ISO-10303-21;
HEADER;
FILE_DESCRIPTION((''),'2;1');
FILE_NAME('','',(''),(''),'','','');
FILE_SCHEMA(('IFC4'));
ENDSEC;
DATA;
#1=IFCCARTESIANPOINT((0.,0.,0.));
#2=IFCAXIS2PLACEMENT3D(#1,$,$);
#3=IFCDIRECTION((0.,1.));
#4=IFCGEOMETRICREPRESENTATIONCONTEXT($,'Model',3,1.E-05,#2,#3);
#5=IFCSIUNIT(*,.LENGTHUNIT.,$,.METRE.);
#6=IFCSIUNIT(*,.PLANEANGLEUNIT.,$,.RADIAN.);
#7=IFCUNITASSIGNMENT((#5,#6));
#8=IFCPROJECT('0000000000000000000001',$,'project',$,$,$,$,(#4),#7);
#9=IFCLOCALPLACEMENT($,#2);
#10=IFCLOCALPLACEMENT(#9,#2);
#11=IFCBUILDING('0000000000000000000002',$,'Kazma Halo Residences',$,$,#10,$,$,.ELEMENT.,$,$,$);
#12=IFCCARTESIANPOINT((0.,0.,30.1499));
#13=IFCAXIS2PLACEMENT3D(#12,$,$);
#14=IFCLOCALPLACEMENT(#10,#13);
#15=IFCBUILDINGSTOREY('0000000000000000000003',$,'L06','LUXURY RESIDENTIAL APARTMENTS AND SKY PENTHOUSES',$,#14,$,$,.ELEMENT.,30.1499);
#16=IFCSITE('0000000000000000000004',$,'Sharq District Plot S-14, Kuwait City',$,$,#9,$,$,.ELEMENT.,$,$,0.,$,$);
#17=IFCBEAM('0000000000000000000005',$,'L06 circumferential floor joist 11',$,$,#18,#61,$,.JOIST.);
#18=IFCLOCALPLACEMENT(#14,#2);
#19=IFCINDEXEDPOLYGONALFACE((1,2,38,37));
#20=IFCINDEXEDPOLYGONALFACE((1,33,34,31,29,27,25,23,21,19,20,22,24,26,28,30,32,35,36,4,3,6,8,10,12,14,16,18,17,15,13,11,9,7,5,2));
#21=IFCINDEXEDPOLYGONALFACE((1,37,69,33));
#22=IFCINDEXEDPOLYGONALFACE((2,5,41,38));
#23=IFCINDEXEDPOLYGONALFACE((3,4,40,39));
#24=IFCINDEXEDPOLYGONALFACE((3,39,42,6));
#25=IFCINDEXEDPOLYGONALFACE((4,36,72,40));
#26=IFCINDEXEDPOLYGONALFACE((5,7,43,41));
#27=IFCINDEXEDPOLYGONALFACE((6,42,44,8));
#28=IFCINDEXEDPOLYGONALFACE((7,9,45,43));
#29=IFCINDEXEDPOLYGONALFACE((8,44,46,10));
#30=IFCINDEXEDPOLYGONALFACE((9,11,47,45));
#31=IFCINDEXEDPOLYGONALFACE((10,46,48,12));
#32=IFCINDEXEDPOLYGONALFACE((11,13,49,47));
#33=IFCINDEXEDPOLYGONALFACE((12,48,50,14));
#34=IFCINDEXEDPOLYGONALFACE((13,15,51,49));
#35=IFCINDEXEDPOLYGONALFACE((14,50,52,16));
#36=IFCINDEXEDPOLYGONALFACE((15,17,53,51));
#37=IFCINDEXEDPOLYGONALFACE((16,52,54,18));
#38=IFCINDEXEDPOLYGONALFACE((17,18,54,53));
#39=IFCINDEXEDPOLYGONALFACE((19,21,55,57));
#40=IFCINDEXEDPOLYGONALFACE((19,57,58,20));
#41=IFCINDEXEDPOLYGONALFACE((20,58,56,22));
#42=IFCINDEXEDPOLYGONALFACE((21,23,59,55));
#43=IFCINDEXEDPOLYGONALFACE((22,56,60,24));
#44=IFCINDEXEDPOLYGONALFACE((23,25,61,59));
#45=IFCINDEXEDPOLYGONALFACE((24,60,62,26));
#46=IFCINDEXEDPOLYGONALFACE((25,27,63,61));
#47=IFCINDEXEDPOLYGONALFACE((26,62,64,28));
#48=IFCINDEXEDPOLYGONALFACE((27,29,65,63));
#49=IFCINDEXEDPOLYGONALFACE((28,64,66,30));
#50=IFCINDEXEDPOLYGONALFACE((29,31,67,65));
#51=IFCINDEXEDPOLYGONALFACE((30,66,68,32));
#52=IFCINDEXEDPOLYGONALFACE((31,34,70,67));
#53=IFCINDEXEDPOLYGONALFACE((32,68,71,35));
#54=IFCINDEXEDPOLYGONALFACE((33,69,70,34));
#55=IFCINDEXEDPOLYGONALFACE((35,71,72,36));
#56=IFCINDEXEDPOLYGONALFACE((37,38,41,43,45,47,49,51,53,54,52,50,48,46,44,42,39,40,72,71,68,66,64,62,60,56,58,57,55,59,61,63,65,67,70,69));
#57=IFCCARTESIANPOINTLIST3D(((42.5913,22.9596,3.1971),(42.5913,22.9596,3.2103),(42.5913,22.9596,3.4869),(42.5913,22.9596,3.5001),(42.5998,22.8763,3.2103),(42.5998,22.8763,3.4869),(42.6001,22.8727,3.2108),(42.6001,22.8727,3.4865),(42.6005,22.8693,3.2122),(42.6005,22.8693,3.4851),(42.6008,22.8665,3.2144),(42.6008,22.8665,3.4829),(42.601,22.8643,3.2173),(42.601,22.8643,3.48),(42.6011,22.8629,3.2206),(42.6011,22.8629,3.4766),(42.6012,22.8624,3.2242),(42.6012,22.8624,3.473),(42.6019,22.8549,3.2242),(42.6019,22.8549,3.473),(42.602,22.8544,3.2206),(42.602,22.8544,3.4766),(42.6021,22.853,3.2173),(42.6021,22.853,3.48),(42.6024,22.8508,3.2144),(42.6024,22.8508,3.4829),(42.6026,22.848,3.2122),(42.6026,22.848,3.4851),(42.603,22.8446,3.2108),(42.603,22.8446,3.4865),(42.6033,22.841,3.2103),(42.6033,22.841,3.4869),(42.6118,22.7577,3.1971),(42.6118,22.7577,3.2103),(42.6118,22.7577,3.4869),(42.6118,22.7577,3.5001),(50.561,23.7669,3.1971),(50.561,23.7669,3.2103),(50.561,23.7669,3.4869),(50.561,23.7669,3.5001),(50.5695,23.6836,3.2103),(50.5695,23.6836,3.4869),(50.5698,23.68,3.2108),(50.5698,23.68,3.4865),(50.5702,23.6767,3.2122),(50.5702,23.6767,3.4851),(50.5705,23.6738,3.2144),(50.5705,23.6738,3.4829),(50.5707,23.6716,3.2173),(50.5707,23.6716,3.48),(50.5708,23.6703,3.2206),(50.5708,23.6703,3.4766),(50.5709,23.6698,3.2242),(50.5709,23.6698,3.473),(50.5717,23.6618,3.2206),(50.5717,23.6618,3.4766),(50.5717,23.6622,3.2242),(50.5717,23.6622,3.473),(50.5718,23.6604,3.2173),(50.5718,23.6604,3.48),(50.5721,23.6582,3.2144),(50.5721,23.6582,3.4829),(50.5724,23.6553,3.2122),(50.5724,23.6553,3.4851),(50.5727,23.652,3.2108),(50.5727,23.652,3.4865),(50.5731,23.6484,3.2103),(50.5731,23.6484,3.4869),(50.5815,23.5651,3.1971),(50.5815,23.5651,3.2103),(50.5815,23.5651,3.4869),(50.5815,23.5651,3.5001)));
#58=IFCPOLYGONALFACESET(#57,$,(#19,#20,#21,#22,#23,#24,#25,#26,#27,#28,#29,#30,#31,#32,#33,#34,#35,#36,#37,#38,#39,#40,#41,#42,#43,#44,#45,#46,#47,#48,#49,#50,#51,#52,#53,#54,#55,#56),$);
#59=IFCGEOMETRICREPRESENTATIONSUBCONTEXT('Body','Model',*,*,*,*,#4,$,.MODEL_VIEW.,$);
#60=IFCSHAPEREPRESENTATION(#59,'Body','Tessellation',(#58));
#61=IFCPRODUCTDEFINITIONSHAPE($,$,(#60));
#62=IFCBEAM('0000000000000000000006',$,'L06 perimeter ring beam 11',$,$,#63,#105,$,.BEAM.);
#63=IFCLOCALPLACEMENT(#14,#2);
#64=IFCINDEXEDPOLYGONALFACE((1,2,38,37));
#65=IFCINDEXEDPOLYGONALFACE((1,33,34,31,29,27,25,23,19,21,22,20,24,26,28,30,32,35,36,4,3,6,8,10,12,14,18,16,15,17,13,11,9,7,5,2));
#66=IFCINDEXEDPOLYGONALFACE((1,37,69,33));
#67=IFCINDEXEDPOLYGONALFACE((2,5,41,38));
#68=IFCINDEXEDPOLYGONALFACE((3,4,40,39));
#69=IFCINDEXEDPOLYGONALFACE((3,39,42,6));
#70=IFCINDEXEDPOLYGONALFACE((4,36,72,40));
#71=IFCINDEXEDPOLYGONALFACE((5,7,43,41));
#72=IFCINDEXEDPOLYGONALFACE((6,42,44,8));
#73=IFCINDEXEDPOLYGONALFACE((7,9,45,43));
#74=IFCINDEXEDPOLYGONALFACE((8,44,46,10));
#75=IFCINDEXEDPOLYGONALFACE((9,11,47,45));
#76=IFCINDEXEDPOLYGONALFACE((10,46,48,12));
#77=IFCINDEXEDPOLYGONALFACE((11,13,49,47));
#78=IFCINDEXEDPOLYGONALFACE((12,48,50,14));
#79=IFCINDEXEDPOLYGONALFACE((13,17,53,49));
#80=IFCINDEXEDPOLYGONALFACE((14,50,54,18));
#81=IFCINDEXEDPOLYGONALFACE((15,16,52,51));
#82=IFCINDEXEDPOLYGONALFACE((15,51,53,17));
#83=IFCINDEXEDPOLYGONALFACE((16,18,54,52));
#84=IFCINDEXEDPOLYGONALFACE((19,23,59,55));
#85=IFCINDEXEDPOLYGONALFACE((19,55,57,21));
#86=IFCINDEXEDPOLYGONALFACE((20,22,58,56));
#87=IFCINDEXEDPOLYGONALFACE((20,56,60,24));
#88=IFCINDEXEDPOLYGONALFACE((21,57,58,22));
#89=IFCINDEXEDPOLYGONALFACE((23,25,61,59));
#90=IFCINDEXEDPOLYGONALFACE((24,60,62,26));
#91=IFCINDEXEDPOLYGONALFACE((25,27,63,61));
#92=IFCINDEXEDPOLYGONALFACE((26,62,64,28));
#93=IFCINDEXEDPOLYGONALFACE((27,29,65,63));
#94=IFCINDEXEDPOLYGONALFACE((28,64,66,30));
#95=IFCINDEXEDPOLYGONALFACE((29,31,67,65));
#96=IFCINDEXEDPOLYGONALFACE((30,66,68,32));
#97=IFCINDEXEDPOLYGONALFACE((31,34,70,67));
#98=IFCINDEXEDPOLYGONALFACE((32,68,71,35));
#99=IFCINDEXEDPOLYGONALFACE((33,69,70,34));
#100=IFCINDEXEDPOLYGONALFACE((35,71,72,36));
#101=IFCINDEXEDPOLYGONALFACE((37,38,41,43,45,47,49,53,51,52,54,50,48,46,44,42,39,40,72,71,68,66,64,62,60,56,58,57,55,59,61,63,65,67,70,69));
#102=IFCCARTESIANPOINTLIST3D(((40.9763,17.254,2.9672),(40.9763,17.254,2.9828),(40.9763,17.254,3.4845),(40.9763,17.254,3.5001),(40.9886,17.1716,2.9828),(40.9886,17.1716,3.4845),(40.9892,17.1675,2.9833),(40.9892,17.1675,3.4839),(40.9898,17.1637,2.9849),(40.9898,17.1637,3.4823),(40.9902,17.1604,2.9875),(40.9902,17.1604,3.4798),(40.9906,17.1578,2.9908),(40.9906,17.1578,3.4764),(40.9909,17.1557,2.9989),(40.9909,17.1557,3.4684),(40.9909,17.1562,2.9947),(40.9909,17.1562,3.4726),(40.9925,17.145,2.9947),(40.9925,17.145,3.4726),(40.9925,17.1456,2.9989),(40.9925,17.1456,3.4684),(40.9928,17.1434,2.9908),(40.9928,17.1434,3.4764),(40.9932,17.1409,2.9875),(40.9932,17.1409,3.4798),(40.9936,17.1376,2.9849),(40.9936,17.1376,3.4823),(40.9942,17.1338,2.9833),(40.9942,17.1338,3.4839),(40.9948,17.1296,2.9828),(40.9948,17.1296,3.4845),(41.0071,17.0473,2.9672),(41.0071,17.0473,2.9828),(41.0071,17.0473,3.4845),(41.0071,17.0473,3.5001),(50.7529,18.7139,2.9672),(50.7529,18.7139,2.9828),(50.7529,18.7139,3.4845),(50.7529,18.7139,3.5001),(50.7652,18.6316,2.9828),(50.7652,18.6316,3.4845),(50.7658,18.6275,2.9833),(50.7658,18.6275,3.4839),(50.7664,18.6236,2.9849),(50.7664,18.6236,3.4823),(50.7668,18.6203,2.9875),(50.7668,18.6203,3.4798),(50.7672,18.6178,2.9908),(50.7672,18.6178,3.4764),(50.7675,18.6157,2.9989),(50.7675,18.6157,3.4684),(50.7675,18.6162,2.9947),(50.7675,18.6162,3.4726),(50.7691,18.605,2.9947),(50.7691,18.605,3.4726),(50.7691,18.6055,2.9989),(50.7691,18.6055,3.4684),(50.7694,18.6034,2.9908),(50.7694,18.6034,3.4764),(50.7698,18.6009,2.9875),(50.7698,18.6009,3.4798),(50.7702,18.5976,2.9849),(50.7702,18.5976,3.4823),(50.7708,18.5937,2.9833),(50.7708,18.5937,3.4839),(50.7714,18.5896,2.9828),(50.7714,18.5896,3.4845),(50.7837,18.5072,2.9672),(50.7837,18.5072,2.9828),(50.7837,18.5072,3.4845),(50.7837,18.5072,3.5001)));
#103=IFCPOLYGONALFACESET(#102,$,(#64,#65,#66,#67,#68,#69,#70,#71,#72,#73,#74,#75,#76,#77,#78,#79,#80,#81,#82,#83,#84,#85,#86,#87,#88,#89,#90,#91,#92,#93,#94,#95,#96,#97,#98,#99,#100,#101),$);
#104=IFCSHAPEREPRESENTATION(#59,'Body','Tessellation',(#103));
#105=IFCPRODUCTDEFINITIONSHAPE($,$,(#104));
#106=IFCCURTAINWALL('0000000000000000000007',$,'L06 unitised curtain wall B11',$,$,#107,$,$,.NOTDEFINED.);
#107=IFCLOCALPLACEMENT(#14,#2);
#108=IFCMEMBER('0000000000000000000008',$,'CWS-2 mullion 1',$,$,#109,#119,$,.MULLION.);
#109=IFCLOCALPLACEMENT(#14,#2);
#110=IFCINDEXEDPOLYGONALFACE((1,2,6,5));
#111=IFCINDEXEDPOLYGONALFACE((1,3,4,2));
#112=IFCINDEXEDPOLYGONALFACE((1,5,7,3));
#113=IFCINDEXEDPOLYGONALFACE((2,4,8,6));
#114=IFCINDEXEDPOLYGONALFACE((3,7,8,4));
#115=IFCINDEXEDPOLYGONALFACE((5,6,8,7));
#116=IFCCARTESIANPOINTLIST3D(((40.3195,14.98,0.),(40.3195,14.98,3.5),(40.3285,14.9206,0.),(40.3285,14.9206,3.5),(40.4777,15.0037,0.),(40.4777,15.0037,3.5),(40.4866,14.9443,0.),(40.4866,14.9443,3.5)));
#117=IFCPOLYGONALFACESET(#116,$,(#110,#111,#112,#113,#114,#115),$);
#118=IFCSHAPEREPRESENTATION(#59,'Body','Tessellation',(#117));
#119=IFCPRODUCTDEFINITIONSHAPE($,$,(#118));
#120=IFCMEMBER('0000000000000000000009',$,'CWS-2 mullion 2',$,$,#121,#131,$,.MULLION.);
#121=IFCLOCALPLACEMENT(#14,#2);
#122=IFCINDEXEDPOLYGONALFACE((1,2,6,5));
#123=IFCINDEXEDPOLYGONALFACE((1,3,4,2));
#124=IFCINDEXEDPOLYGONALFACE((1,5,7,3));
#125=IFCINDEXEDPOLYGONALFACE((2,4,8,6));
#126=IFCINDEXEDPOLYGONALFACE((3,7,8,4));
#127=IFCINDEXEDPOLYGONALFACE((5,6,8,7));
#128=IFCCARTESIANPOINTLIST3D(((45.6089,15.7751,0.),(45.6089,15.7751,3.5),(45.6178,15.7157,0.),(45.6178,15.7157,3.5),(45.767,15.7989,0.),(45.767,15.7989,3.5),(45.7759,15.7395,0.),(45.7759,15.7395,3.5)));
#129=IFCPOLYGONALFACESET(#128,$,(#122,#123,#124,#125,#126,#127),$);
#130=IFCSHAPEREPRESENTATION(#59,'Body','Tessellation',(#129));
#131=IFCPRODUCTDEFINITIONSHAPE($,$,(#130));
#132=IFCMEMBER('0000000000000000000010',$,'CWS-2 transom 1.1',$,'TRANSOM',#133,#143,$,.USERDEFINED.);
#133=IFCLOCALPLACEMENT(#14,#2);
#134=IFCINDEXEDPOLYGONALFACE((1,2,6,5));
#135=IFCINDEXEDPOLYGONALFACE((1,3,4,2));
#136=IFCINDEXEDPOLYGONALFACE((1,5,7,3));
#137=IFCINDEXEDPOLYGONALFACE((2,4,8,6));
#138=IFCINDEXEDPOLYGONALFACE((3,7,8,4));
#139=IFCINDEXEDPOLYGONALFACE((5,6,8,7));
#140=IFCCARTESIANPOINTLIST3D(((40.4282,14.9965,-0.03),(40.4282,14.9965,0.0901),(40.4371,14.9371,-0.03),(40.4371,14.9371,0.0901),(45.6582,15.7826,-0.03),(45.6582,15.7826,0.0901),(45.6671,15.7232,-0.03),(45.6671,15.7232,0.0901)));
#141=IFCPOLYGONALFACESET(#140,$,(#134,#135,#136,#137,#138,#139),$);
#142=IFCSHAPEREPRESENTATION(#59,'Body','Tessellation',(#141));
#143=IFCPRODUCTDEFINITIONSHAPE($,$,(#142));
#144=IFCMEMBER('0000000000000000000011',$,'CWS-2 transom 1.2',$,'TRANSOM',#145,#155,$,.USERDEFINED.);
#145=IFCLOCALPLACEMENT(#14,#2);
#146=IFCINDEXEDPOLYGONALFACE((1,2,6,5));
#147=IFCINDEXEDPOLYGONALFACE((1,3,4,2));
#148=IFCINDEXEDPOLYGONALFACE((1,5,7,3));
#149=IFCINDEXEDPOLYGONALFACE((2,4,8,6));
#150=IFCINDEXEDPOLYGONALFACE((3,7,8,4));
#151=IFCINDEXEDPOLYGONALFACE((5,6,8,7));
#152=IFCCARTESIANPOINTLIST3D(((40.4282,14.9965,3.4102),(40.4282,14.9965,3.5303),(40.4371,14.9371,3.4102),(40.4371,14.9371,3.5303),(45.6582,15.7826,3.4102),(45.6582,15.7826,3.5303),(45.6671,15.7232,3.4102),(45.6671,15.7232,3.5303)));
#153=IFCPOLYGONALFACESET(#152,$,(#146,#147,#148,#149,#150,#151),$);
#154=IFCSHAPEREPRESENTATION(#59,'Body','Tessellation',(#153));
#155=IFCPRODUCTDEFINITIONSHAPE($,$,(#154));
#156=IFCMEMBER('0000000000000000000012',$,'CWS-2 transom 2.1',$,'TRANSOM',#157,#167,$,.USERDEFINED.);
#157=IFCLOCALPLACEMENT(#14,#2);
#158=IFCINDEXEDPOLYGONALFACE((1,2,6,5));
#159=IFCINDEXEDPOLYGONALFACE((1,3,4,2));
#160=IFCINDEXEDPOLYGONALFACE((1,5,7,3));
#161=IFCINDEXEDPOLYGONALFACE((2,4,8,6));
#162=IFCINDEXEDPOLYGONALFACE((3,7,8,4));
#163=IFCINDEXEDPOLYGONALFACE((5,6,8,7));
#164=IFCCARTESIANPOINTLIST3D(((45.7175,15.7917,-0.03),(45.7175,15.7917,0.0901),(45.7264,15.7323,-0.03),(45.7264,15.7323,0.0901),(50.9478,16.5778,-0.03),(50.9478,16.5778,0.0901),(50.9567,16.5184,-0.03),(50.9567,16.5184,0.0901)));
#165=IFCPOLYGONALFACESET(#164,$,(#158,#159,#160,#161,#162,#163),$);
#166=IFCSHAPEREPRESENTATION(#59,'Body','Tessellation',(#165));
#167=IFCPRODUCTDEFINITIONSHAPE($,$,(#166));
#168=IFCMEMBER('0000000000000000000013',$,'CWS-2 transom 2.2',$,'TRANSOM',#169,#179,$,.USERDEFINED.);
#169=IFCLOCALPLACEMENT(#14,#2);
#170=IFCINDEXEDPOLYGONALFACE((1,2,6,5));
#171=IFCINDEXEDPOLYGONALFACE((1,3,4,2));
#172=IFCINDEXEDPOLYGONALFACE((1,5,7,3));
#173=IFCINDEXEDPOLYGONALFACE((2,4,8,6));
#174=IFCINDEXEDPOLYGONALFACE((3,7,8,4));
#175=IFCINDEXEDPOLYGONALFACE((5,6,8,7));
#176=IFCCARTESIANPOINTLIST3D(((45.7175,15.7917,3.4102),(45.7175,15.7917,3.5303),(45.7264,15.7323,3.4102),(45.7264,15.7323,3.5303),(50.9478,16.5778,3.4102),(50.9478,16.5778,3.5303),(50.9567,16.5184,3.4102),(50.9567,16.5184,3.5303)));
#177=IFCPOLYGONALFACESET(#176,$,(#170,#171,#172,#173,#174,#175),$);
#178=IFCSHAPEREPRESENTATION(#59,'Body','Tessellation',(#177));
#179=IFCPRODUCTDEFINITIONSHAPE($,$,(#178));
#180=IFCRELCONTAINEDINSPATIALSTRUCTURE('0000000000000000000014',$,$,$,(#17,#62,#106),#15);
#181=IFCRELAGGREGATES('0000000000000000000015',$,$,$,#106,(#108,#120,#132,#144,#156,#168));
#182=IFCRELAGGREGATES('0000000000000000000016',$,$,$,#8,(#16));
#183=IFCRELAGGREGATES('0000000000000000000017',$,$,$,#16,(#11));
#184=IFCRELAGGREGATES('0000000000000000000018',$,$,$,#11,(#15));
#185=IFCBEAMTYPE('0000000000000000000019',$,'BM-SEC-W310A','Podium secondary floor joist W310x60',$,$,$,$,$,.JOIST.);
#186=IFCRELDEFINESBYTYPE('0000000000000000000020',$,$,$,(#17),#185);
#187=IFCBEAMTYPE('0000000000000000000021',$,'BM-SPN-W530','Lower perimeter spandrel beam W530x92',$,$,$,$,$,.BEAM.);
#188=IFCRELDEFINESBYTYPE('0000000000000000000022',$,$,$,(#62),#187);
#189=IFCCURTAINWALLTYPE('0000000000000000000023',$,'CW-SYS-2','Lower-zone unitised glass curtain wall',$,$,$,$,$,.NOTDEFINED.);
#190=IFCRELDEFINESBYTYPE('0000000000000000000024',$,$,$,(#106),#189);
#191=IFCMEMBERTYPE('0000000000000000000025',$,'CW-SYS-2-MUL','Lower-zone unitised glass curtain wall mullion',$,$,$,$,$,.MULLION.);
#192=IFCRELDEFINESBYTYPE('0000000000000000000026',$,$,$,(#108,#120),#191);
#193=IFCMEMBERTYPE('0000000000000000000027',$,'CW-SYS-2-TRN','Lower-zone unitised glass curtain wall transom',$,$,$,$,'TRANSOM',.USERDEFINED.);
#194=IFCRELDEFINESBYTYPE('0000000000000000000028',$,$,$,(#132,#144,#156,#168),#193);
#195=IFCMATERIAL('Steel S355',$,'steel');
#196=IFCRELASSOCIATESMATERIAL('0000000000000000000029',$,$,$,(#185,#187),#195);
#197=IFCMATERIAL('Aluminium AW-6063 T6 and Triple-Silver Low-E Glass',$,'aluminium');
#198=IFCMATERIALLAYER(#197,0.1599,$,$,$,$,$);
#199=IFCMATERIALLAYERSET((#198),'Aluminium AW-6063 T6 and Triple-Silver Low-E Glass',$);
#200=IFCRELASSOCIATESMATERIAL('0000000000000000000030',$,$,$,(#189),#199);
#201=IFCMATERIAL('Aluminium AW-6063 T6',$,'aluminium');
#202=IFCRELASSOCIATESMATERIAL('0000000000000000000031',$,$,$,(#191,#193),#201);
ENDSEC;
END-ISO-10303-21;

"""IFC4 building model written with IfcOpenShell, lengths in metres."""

from ifc_helpers import new_model, si_unit, direction, frame, origin, origin_2d, place, context, subcontext, project, spatial, rectangle, i_section, extrude, material, layer, layer_set, material_profile, profile_set, type_object, element, aggregate, save


model = new_model("IFC4")

# Units and contexts
model_context = context("Model", 3, precision=1e-05, world=origin(), true_north=direction((0.0, 1.0)))
body_context = subcontext(model_context, "Body", "Model", "MODEL_VIEW")
ifc_project = project(units=[si_unit("LENGTHUNIT", "METRE"), si_unit("PLANEANGLEUNIT", "RADIAN")], contexts=[model_context])

# Site, building, storey
site_placement = place(None, origin())
site = spatial("IfcSite", under=ifc_project, at=site_placement, Name="Sharq District Plot S-14, Kuwait City", CompositionType="ELEMENT", RefElevation=0.0)
building_placement = place(site_placement, origin())
building = spatial("IfcBuilding", under=site, at=building_placement, Name="Kazma Halo Residences", CompositionType="ELEMENT")
storey_placement = place(building_placement, frame((0.0, 0.0, 30.1499)))
storey = spatial("IfcBuildingStorey", under=building, at=storey_placement, Name="L06", Description="LUXURY RESIDENTIAL APARTMENTS AND SKY PENTHOUSES", CompositionType="ELEMENT", Elevation=30.1499)

# Beams
ifc_material_1 = material(Name="Steel S355", Category="steel")
ifc_material_profile_1 = material_profile(ifc_material_1, i_section(OverallWidth=0.2029, OverallDepth=0.303, WebThickness=0.0076, FlangeThickness=0.0132, FilletRadius=0.0139, at=origin_2d()), Name="W310x60")
ifc_profile_set_1 = profile_set([ifc_material_profile_1], Name="Steel S355")
beam_type_1 = type_object("IfcBeamType", Name="BM-SEC-W310A", Description="Podium secondary floor joist W310x60", PredefinedType="JOIST", material=ifc_profile_set_1)
beam_1_placement = place(storey_placement, frame((42.6016, 22.8586, 3.3486), z_axis=(0.994908, 0.100789, 0.0), x_axis=(-0.100789, 0.994908, 0.0)))
element("IfcBeam", 1, at=beam_1_placement, inside=storey, type_object=beam_type_1, Name="L06 circumferential floor joist 11", PredefinedType="JOIST", context=body_context, shape_type="SweptSolid", body=[
    extrude(i_section(OverallWidth=0.2029, OverallDepth=0.303, WebThickness=0.0076, FlangeThickness=0.0132, FilletRadius=0.0139, at=origin_2d()), origin(), (0.0, 0.0, 1.0), 8.0105),
])
ifc_material_profile_2 = material_profile(ifc_material_1, i_section(OverallWidth=0.209, OverallDepth=0.533, WebThickness=0.0103, FlangeThickness=0.0156, FilletRadius=0.0161, at=origin_2d()), Name="W530x92")
ifc_profile_set_2 = profile_set([ifc_material_profile_2], Name="Steel S355")
beam_type_2 = type_object("IfcBeamType", Name="BM-SPN-W530", Description="Lower perimeter spandrel beam W530x92", PredefinedType="BEAM", material=ifc_profile_set_2)
beam_2_placement = place(storey_placement, frame((40.9917, 17.1506, 3.2336), z_axis=(0.989033, 0.147694, 0.0), x_axis=(-0.147694, 0.989033, 0.0)))
element("IfcBeam", 2, at=beam_2_placement, inside=storey, type_object=beam_type_2, Name="L06 perimeter ring beam 11", PredefinedType="BEAM", context=body_context, shape_type="SweptSolid", body=[
    extrude(i_section(OverallWidth=0.209, OverallDepth=0.533, WebThickness=0.0103, FlangeThickness=0.0156, FilletRadius=0.0161, at=origin_2d()), origin(), (0.0, 0.0, 1.0), 9.885),
])

# Curtain wall, members
ifc_material_2 = material(Name="Aluminium AW-6063 T6 and Triple-Silver Low-E Glass", Category="aluminium")
ifc_layer_1 = layer(ifc_material_2, 0.1599)
ifc_layer_set_1 = layer_set([ifc_layer_1], Name="Aluminium AW-6063 T6 and Triple-Silver Low-E Glass")
curtain_wall_type = type_object("IfcCurtainWallType", Name="CW-SYS-2", Description="Lower-zone unitised glass curtain wall", PredefinedType="NOTDEFINED", material=ifc_layer_set_1)
curtain_wall_placement = place(storey_placement, origin())
curtain_wall = element("IfcCurtainWall", 3, at=curtain_wall_placement, inside=storey, type_object=curtain_wall_type, Name="L06 unitised curtain wall B11", PredefinedType="NOTDEFINED")
ifc_material_3 = material(Name="Aluminium AW-6063 T6", Category="aluminium")
ifc_material_profile_3 = material_profile(ifc_material_3, rectangle(XDim=0.0601, YDim=0.1599, at=origin_2d()), Name="CWM-60x160")
ifc_profile_set_3 = profile_set([ifc_material_profile_3], Name="Aluminium AW-6063 T6")
member_type_1 = type_object("IfcMemberType", Name="CW-SYS-2-MUL", Description="Lower-zone unitised glass curtain wall mullion", PredefinedType="MULLION", material=ifc_profile_set_3)
member_1_placement = place(storey_placement, frame((40.4031, 14.9622, 0.0), z_axis=(0.0, 0.0, 1.0), x_axis=(-0.148657, 0.988889, 0.0)))
member_1 = element("IfcMember", 4, at=member_1_placement, type_object=member_type_1, Name="CWS-2 mullion 1", PredefinedType="MULLION", context=body_context, shape_type="SweptSolid", body=[
    extrude(rectangle(XDim=0.0601, YDim=0.1599, at=origin_2d()), origin(), (0.0, 0.0, 1.0), 3.5),
])
member_2_placement = place(storey_placement, frame((45.6924, 15.7573, 0.0), z_axis=(0.0, 0.0, 1.0), x_axis=(-0.148657, 0.988889, 0.0)))
member_2 = element("IfcMember", 5, at=member_2_placement, type_object=member_type_1, Name="CWS-2 mullion 2", PredefinedType="MULLION", context=body_context, shape_type="SweptSolid", body=[
    extrude(rectangle(XDim=0.0601, YDim=0.1599, at=origin_2d()), origin(), (0.0, 0.0, 1.0), 3.5),
])
ifc_material_profile_4 = material_profile(ifc_material_3, rectangle(XDim=0.0601, YDim=0.1201, at=origin_2d()), Name="CWT-60x120")
ifc_profile_set_4 = profile_set([ifc_material_profile_4], Name="Aluminium AW-6063 T6")
member_type_2 = type_object("IfcMemberType", Name="CW-SYS-2-TRN", Description="Lower-zone unitised glass curtain wall transom", ElementType="TRANSOM", PredefinedType="USERDEFINED", material=ifc_profile_set_4)
member_3_placement = place(storey_placement, frame((40.4326, 14.9668, 0.03), z_axis=(0.988891, 0.148643, 0.0), x_axis=(-0.148643, 0.988891, 0.0)))
member_3 = element("IfcMember", 6, at=member_3_placement, type_object=member_type_2, Name="CWS-2 transom 1.1", ObjectType="TRANSOM", PredefinedType="USERDEFINED", context=body_context, shape_type="SweptSolid", body=[
    extrude(rectangle(XDim=0.0601, YDim=0.1201, at=origin_2d()), origin(), (0.0, 0.0, 1.0), 5.2888),
])
member_4_placement = place(storey_placement, frame((40.4326, 14.9668, 3.4702), z_axis=(0.988891, 0.148643, 0.0), x_axis=(-0.148643, 0.988891, 0.0)))
member_4 = element("IfcMember", 7, at=member_4_placement, type_object=member_type_2, Name="CWS-2 transom 1.2", ObjectType="TRANSOM", PredefinedType="USERDEFINED", context=body_context, shape_type="SweptSolid", body=[
    extrude(rectangle(XDim=0.0601, YDim=0.1201, at=origin_2d()), origin(), (0.0, 0.0, 1.0), 5.2888),
])
member_5_placement = place(storey_placement, frame((45.7219, 15.762, 0.03), z_axis=(0.988892, 0.148636, 0.0), x_axis=(-0.148636, 0.988892, 0.0)))
member_5 = element("IfcMember", 8, at=member_5_placement, type_object=member_type_2, Name="CWS-2 transom 2.1", ObjectType="TRANSOM", PredefinedType="USERDEFINED", context=body_context, shape_type="SweptSolid", body=[
    extrude(rectangle(XDim=0.0601, YDim=0.1201, at=origin_2d()), origin(), (0.0, 0.0, 1.0), 5.2891),
])
member_6_placement = place(storey_placement, frame((45.7219, 15.762, 3.4702), z_axis=(0.988892, 0.148636, 0.0), x_axis=(-0.148636, 0.988892, 0.0)))
member_6 = element("IfcMember", 9, at=member_6_placement, type_object=member_type_2, Name="CWS-2 transom 2.2", ObjectType="TRANSOM", PredefinedType="USERDEFINED", context=body_context, shape_type="SweptSolid", body=[
    extrude(rectangle(XDim=0.0601, YDim=0.1201, at=origin_2d()), origin(), (0.0, 0.0, 1.0), 5.2891),
])
aggregate(curtain_wall, [member_1, member_2, member_3, member_4, member_5, member_6])

save(model, "model.ifc")
